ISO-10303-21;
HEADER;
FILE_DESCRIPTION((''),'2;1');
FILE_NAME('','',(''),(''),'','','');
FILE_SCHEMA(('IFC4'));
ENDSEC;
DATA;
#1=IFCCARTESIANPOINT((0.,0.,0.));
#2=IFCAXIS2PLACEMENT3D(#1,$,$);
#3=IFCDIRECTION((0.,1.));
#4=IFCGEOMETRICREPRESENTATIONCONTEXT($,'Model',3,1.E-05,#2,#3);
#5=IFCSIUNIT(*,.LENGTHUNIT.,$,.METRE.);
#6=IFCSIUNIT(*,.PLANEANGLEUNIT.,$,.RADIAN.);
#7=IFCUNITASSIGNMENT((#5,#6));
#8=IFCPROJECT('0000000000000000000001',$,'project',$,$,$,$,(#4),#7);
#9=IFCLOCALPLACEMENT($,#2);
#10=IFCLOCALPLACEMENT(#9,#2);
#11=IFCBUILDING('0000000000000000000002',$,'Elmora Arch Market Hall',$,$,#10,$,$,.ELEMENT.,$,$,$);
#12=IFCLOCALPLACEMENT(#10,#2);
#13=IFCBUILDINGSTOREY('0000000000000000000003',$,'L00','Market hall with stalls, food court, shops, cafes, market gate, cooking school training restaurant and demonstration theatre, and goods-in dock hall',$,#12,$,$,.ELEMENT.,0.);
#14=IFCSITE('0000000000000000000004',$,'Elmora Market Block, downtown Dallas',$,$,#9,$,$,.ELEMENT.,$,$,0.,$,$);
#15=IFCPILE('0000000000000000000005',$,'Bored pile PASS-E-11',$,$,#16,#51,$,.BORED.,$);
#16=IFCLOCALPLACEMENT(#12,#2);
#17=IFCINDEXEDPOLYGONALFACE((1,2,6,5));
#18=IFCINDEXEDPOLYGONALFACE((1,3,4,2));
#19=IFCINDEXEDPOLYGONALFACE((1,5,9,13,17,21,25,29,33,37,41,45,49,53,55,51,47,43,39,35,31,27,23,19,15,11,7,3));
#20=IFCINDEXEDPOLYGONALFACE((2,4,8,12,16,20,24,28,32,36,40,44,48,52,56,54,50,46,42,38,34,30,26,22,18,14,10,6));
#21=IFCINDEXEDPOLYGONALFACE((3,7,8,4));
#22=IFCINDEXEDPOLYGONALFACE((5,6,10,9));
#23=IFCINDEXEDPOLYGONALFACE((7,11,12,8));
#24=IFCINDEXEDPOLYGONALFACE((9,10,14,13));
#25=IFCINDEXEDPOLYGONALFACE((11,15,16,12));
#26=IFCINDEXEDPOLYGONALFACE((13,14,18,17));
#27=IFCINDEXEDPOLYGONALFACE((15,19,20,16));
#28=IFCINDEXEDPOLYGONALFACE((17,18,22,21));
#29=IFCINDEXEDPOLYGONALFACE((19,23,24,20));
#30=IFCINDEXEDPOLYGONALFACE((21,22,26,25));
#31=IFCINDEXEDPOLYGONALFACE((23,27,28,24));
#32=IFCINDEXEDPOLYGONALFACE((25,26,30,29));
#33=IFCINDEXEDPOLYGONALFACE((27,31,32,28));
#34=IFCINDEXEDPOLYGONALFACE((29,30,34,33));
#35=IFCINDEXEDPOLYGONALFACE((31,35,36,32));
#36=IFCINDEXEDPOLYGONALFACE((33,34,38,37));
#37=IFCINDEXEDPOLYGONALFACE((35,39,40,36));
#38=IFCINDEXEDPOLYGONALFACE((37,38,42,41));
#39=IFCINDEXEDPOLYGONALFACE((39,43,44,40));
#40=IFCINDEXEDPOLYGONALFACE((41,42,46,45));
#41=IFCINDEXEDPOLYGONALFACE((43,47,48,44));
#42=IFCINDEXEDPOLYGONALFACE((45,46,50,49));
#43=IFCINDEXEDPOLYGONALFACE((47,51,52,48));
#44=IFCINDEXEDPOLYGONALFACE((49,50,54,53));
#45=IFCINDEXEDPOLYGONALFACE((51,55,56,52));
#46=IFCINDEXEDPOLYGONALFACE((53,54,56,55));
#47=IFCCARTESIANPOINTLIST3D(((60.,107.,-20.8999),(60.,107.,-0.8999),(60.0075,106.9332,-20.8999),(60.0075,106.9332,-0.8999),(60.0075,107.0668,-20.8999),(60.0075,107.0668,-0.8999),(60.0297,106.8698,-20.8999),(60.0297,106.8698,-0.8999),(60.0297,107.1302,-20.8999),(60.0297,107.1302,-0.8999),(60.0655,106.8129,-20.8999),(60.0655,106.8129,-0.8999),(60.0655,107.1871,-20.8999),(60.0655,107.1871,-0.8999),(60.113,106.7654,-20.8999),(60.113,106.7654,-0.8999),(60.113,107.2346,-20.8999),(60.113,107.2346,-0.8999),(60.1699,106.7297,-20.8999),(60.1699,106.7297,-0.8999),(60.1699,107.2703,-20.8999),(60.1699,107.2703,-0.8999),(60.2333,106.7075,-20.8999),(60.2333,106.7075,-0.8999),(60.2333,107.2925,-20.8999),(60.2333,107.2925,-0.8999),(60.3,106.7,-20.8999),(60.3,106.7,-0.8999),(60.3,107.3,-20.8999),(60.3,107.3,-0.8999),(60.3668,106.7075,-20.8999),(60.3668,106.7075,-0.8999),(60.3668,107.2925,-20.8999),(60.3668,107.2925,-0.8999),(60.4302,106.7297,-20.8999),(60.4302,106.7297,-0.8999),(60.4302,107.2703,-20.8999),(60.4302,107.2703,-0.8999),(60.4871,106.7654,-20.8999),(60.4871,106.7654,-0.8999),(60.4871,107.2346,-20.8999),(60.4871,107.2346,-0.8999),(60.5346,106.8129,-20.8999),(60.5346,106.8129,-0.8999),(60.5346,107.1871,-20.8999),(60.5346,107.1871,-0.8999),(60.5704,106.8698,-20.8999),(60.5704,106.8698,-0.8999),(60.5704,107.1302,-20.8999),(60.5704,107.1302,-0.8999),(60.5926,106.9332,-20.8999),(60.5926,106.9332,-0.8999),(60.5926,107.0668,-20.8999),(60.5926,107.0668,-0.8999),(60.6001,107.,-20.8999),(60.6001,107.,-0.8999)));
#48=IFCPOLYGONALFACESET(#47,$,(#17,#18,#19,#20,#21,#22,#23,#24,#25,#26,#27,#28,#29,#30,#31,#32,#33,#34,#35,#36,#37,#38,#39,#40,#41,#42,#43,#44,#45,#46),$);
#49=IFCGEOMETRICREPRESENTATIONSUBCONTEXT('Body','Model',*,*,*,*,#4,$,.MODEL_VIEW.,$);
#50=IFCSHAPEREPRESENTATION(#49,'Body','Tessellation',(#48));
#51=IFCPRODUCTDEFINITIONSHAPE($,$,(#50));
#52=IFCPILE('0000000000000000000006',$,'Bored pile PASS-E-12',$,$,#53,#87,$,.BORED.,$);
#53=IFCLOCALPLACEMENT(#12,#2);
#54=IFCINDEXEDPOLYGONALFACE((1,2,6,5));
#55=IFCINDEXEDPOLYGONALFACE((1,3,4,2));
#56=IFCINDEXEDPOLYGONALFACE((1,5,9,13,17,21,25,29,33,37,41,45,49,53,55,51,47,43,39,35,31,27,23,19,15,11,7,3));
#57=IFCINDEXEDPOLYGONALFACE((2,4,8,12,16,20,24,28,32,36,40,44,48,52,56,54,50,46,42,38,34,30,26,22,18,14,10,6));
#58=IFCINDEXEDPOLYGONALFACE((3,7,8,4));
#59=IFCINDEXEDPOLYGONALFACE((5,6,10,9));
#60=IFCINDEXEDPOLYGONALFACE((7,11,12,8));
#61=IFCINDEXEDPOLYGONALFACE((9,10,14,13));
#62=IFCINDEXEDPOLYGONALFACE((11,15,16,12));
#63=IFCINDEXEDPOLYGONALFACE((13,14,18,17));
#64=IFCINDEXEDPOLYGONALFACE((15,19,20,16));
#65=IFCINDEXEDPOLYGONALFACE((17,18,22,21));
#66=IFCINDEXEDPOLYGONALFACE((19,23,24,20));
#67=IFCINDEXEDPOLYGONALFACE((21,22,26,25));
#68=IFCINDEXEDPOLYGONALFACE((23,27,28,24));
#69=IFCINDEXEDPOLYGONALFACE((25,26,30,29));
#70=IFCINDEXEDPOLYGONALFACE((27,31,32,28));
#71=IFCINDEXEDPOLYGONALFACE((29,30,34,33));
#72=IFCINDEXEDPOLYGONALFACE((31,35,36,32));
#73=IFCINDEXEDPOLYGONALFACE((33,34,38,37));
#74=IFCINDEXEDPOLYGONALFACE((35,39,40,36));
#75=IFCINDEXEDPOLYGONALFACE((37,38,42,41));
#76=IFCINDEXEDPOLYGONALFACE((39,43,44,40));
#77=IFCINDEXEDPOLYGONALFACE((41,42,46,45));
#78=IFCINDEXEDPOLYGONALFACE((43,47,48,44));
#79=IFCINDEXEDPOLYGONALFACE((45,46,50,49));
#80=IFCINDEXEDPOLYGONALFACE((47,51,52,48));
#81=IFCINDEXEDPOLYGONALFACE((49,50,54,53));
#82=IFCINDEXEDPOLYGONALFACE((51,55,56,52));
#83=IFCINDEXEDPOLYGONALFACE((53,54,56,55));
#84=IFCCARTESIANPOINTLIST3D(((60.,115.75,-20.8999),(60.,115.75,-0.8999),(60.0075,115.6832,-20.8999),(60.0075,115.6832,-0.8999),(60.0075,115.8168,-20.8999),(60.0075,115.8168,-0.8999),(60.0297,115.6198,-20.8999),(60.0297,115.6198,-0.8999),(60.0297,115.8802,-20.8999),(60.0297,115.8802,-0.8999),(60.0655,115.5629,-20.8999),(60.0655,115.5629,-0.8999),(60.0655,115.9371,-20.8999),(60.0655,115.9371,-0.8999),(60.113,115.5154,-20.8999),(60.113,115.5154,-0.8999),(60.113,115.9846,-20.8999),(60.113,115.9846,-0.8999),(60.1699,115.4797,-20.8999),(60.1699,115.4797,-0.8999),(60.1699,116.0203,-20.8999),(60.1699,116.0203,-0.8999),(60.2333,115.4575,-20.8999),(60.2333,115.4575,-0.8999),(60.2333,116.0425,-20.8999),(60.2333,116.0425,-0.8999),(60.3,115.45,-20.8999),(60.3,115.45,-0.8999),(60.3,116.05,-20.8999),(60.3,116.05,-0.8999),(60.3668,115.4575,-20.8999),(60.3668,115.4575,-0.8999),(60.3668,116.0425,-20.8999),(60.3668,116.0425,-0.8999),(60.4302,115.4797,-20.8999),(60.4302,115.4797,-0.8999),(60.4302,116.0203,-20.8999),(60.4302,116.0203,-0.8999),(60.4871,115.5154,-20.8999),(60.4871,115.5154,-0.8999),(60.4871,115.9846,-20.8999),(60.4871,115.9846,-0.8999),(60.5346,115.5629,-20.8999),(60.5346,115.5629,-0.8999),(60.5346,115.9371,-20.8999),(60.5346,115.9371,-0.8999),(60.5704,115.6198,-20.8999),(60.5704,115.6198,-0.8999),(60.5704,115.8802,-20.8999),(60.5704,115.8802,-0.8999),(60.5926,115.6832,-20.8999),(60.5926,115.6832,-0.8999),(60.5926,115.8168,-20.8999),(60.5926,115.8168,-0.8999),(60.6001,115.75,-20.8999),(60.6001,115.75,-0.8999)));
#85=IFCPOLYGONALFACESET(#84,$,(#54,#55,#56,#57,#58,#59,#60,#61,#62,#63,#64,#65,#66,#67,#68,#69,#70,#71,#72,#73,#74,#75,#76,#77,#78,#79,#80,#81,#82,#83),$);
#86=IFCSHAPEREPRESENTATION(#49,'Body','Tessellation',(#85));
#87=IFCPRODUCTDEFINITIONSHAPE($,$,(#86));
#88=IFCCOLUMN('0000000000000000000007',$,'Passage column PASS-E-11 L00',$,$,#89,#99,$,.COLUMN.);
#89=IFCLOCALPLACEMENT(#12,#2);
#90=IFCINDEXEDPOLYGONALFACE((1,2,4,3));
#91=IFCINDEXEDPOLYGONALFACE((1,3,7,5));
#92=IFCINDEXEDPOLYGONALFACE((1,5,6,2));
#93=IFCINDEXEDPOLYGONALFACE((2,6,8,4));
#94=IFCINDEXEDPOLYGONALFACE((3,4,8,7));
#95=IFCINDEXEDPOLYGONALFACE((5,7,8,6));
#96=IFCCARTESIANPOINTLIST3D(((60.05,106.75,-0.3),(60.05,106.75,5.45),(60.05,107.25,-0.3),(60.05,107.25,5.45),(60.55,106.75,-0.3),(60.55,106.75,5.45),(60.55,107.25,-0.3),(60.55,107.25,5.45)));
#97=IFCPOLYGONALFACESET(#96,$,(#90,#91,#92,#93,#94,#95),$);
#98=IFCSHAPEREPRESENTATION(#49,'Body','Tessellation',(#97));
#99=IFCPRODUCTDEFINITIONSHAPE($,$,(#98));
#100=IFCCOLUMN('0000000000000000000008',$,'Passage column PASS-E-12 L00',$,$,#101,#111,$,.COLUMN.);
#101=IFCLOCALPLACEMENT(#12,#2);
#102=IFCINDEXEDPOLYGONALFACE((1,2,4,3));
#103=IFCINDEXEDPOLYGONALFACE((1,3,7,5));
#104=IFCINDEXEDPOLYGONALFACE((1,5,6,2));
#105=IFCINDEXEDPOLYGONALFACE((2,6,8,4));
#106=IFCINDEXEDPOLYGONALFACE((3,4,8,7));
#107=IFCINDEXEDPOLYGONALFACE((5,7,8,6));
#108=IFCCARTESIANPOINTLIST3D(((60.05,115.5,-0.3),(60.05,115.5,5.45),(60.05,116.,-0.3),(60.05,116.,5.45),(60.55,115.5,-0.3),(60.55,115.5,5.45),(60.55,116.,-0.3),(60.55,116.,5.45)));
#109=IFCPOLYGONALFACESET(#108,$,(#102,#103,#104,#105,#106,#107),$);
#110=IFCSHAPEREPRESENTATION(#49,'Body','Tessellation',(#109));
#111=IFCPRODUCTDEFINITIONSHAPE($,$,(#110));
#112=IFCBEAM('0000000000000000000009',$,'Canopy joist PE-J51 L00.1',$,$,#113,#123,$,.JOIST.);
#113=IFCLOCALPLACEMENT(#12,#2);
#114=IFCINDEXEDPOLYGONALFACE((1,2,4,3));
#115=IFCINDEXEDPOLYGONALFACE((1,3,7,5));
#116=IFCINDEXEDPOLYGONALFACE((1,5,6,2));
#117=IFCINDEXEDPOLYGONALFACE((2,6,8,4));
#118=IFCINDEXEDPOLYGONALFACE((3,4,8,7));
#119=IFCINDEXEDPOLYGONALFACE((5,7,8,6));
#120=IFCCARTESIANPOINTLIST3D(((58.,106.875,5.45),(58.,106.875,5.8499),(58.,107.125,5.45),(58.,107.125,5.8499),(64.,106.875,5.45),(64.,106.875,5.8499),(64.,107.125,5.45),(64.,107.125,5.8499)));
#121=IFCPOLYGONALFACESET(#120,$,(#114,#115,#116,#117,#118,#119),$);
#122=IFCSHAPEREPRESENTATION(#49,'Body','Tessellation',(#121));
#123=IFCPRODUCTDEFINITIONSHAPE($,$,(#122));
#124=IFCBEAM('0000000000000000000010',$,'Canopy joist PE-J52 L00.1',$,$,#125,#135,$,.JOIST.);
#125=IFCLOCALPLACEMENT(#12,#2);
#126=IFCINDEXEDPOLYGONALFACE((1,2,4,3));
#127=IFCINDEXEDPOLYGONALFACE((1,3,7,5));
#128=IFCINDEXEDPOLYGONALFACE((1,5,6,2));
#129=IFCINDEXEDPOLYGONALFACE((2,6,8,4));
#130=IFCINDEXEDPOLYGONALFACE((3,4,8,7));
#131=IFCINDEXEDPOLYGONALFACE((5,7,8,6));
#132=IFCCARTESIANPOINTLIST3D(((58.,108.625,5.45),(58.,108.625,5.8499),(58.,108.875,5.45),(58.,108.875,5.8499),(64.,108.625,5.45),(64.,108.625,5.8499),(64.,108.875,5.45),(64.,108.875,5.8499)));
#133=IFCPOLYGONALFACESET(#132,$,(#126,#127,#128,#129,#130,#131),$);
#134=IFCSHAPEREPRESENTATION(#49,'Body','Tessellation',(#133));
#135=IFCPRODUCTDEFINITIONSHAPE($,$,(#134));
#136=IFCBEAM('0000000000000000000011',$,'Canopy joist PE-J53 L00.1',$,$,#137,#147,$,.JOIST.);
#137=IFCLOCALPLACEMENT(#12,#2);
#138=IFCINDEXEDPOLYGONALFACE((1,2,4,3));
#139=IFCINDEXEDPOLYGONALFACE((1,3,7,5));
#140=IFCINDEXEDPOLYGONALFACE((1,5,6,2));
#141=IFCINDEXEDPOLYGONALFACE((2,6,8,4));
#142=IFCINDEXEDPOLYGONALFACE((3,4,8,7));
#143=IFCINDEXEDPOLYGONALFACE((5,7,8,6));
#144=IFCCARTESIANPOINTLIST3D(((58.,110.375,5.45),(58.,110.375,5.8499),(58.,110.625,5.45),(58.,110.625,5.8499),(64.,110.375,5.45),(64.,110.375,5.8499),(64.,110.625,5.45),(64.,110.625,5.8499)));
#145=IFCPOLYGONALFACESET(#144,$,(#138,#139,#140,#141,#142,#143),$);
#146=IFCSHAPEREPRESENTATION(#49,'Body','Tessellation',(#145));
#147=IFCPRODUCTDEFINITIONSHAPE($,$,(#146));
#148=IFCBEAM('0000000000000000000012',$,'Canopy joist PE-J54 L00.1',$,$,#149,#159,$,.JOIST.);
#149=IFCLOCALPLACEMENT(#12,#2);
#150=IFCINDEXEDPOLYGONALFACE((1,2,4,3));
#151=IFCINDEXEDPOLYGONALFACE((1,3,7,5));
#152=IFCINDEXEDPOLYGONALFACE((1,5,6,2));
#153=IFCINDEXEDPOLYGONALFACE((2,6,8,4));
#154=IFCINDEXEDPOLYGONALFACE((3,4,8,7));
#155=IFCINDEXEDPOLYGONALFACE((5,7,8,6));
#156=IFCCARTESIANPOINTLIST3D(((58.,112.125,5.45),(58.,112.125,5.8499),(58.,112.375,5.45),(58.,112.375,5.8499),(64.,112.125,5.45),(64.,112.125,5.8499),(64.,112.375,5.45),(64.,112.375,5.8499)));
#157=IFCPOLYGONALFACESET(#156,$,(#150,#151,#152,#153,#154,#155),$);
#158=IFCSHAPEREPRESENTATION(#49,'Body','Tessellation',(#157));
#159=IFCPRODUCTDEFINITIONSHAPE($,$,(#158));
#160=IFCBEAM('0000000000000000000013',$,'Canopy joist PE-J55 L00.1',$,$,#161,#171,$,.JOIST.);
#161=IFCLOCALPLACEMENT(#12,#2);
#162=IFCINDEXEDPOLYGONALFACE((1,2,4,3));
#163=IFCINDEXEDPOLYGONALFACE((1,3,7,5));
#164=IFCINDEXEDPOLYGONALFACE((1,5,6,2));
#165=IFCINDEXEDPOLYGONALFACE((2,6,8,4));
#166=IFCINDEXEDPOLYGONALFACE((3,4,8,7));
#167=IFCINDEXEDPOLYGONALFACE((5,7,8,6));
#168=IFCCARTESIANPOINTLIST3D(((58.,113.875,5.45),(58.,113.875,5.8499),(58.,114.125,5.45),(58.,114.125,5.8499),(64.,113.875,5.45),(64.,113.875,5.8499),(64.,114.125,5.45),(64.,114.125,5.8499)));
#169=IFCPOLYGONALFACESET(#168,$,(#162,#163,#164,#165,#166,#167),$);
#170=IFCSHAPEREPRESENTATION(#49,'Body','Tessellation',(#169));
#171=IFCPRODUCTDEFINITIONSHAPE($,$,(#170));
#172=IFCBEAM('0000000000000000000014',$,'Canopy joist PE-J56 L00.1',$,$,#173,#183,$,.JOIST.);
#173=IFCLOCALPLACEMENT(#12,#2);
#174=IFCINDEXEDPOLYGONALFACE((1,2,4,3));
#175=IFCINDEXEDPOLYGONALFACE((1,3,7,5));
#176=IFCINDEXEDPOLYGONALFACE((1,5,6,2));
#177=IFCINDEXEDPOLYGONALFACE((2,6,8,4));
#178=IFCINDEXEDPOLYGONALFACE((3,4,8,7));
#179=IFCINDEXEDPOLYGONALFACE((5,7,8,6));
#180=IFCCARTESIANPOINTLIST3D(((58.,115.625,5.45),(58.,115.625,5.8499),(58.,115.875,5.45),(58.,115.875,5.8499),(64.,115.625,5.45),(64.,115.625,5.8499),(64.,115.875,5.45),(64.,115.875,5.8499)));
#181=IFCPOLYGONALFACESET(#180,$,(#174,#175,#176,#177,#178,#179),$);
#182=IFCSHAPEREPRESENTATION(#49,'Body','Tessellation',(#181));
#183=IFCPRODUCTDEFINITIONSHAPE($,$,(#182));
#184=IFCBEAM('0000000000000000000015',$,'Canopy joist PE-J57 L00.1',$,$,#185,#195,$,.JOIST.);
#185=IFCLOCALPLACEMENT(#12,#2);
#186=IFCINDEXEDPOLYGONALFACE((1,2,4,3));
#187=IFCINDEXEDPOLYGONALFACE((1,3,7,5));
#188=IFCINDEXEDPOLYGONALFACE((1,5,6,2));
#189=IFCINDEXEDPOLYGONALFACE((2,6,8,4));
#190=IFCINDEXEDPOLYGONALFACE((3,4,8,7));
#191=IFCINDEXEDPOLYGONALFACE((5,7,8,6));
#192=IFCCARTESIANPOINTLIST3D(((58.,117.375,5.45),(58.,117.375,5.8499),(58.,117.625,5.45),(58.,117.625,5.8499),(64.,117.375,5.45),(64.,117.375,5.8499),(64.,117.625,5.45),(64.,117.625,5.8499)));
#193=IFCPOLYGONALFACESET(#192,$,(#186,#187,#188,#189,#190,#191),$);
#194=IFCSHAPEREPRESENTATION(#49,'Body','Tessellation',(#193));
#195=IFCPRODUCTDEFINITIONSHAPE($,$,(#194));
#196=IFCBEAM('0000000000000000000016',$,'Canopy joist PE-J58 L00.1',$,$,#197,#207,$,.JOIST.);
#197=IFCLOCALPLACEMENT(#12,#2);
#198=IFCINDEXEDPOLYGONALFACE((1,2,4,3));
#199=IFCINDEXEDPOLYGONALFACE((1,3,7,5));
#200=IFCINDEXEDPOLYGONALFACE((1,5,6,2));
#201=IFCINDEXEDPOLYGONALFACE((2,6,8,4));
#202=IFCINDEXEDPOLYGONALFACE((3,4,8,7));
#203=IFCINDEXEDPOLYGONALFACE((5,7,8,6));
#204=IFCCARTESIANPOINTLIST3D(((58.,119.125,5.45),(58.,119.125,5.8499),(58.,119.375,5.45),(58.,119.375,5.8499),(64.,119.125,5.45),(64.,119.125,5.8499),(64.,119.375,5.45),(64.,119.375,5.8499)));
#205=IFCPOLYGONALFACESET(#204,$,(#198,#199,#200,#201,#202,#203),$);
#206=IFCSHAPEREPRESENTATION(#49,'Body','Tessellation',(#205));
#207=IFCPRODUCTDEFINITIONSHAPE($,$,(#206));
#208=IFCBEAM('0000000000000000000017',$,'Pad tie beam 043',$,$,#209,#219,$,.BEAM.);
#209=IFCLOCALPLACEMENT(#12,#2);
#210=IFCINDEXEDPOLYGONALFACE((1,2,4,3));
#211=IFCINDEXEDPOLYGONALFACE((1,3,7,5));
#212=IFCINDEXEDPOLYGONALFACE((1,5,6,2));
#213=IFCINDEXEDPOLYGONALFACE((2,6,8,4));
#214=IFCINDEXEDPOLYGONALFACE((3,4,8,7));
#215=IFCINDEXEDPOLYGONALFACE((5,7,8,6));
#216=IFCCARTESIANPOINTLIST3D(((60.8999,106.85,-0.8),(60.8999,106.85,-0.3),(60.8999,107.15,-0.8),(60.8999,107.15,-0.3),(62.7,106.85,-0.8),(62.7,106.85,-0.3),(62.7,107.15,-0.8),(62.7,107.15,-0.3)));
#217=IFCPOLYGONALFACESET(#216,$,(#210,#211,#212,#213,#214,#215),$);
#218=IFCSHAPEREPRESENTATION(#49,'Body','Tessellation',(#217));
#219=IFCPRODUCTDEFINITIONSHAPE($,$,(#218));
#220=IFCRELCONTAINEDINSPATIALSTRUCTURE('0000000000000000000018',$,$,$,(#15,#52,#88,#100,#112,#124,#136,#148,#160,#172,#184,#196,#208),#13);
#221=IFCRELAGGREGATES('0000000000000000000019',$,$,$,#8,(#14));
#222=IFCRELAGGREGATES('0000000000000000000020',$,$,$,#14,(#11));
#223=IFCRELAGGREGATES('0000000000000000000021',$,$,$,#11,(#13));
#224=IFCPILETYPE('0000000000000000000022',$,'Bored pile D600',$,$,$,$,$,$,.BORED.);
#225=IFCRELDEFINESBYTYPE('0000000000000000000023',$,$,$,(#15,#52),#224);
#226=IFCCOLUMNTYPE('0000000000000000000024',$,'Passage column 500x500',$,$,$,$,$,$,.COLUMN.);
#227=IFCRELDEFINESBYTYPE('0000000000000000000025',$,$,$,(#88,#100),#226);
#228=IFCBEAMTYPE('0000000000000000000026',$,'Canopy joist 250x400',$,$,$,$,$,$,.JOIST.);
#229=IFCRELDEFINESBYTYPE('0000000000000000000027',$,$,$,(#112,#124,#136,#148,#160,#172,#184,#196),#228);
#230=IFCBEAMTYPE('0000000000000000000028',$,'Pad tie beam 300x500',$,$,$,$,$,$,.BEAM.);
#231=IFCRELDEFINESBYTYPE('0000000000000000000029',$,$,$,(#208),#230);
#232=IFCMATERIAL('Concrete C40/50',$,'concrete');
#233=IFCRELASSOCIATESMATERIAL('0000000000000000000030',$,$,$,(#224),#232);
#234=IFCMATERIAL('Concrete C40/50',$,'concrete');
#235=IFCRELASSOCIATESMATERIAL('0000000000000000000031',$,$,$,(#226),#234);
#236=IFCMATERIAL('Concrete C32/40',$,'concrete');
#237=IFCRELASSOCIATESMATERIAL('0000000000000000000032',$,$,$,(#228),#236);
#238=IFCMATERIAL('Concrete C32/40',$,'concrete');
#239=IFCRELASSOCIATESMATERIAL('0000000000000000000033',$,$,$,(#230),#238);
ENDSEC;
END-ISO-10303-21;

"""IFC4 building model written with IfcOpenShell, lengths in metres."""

from ifc_helpers import new_model, si_unit, direction, frame, origin, origin_2d, place, context, subcontext, project, spatial, rectangle, circle, extrude, material, material_profile, profile_set, type_object, element, save


model = new_model("IFC4")

# Units and contexts
model_context = context("Model", 3, precision=1e-05, world=origin(), true_north=direction((0.0, 1.0)))
body_context = subcontext(model_context, "Body", "Model", "MODEL_VIEW")
ifc_project = project(units=[si_unit("LENGTHUNIT", "METRE"), si_unit("PLANEANGLEUNIT", "RADIAN")], contexts=[model_context])

# Site, building, storey
site_placement = place(None, origin())
site = spatial("IfcSite", under=ifc_project, at=site_placement, Name="Elmora Market Block, downtown Dallas", CompositionType="ELEMENT", RefElevation=0.0)
building_placement = place(site_placement, origin())
building = spatial("IfcBuilding", under=site, at=building_placement, Name="Elmora Arch Market Hall", CompositionType="ELEMENT")
storey_placement = place(building_placement, origin())
storey = spatial("IfcBuildingStorey", under=building, at=storey_placement, Name="L00", Description="Market hall with stalls, food court, shops, cafes, market gate, cooking school training restaurant and demonstration theatre, and goods-in dock hall", CompositionType="ELEMENT", Elevation=0.0)

# Piles
ifc_material_1 = material(Name="Concrete C40/50", Category="concrete")
ifc_material_profile_1 = material_profile(ifc_material_1, circle(Radius=0.3, at=origin_2d()), Name="Bored pile D600")
ifc_profile_set_1 = profile_set([ifc_material_profile_1], Name="Concrete C40/50")
pile_type = type_object("IfcPileType", Name="Bored pile D600", PredefinedType="BORED", material=ifc_profile_set_1)
for number, where, z_axis, x_axis, name in (
    (1, (60.3, 107.0, -0.8999), (0.0, 0.0, -1.0), (1.0, 0.0, 0.0), "Bored pile PASS-E-11"),
    (2, (60.3, 115.75, -0.8999), (0.0, 0.0, -1.0), (1.0, 0.0, 0.0), "Bored pile PASS-E-12"),
):
    element("IfcPile", number, at=place(storey_placement, frame(where, z_axis=z_axis, x_axis=x_axis)), inside=storey, type_object=pile_type, Name=name, PredefinedType="BORED", context=body_context, shape_type="SweptSolid", body=[
        extrude(circle(Radius=0.3, at=origin_2d()), origin(), (0.0, 0.0, 1.0), 20.0),
    ])

# Columns
ifc_material_2 = material(Name="Concrete C40/50", Category="concrete")
ifc_material_profile_2 = material_profile(ifc_material_2, rectangle(XDim=0.5, YDim=0.5, at=origin_2d()), Name="Passage column 500x500")
ifc_profile_set_2 = profile_set([ifc_material_profile_2], Name="Concrete C40/50")
column_type = type_object("IfcColumnType", Name="Passage column 500x500", PredefinedType="COLUMN", material=ifc_profile_set_2)
for number, where, z_axis, x_axis, name in (
    (3, (60.3, 107.0, -0.3), (0.0, 0.0, 1.0), (1.0, 0.0, 0.0), "Passage column PASS-E-11 L00"),
    (4, (60.3, 115.75, -0.3), (0.0, 0.0, 1.0), (1.0, 0.0, 0.0), "Passage column PASS-E-12 L00"),
):
    element("IfcColumn", number, at=place(storey_placement, frame(where, z_axis=z_axis, x_axis=x_axis)), inside=storey, type_object=column_type, Name=name, PredefinedType="COLUMN", context=body_context, shape_type="SweptSolid", body=[
        extrude(rectangle(XDim=0.5, YDim=0.5, at=origin_2d()), origin(), (0.0, 0.0, 1.0), 5.75),
    ])

# Beams
ifc_material_3 = material(Name="Concrete C32/40", Category="concrete")
ifc_material_profile_3 = material_profile(ifc_material_3, rectangle(XDim=0.25, YDim=0.3999, at=origin_2d()), Name="Canopy joist 250x400")
ifc_profile_set_3 = profile_set([ifc_material_profile_3], Name="Concrete C32/40")
beam_type_1 = type_object("IfcBeamType", Name="Canopy joist 250x400", PredefinedType="JOIST", material=ifc_profile_set_3)
for number, where, z_axis, x_axis, name in (
    (5, (58.0, 107.0, 5.6499), (1.0, 0.0, 0.0), (0.0, 1.0, 0.0), "Canopy joist PE-J51 L00.1"),
    (6, (58.0, 108.75, 5.6499), (1.0, 0.0, 0.0), (0.0, 1.0, 0.0), "Canopy joist PE-J52 L00.1"),
    (7, (58.0, 110.5, 5.6499), (1.0, 0.0, 0.0), (0.0, 1.0, 0.0), "Canopy joist PE-J53 L00.1"),
    (8, (58.0, 112.25, 5.6499), (1.0, 0.0, 0.0), (0.0, 1.0, 0.0), "Canopy joist PE-J54 L00.1"),
    (9, (58.0, 114.0, 5.6499), (1.0, 0.0, 0.0), (0.0, 1.0, 0.0), "Canopy joist PE-J55 L00.1"),
    (10, (58.0, 115.75, 5.6499), (1.0, 0.0, 0.0), (0.0, 1.0, 0.0), "Canopy joist PE-J56 L00.1"),
    (11, (58.0, 117.5, 5.6499), (1.0, 0.0, 0.0), (0.0, 1.0, 0.0), "Canopy joist PE-J57 L00.1"),
    (12, (58.0, 119.25, 5.6499), (1.0, 0.0, 0.0), (0.0, 1.0, 0.0), "Canopy joist PE-J58 L00.1"),
):
    element("IfcBeam", number, at=place(storey_placement, frame(where, z_axis=z_axis, x_axis=x_axis)), inside=storey, type_object=beam_type_1, Name=name, PredefinedType="JOIST", context=body_context, shape_type="SweptSolid", body=[
        extrude(rectangle(XDim=0.25, YDim=0.3999, at=origin_2d()), origin(), (0.0, 0.0, 1.0), 6.0),
    ])
ifc_material_4 = material(Name="Concrete C32/40", Category="concrete")
ifc_material_profile_4 = material_profile(ifc_material_4, rectangle(XDim=0.3, YDim=0.5, at=origin_2d()), Name="Pad tie beam 300x500")
ifc_profile_set_4 = profile_set([ifc_material_profile_4], Name="Concrete C32/40")
beam_type_2 = type_object("IfcBeamType", Name="Pad tie beam 300x500", PredefinedType="BEAM", material=ifc_profile_set_4)
for number, where, z_axis, x_axis, name in (
    (13, (60.8999, 107.0, -0.55), (1.0, 0.0, 0.0), (0.0, 1.0, 0.0), "Pad tie beam 043"),
):
    element("IfcBeam", number, at=place(storey_placement, frame(where, z_axis=z_axis, x_axis=x_axis)), inside=storey, type_object=beam_type_2, Name=name, PredefinedType="BEAM", context=body_context, shape_type="SweptSolid", body=[
        extrude(rectangle(XDim=0.3, YDim=0.5, at=origin_2d()), origin(), (0.0, 0.0, 1.0), 1.8),
    ])

save(model, "model.ifc")
